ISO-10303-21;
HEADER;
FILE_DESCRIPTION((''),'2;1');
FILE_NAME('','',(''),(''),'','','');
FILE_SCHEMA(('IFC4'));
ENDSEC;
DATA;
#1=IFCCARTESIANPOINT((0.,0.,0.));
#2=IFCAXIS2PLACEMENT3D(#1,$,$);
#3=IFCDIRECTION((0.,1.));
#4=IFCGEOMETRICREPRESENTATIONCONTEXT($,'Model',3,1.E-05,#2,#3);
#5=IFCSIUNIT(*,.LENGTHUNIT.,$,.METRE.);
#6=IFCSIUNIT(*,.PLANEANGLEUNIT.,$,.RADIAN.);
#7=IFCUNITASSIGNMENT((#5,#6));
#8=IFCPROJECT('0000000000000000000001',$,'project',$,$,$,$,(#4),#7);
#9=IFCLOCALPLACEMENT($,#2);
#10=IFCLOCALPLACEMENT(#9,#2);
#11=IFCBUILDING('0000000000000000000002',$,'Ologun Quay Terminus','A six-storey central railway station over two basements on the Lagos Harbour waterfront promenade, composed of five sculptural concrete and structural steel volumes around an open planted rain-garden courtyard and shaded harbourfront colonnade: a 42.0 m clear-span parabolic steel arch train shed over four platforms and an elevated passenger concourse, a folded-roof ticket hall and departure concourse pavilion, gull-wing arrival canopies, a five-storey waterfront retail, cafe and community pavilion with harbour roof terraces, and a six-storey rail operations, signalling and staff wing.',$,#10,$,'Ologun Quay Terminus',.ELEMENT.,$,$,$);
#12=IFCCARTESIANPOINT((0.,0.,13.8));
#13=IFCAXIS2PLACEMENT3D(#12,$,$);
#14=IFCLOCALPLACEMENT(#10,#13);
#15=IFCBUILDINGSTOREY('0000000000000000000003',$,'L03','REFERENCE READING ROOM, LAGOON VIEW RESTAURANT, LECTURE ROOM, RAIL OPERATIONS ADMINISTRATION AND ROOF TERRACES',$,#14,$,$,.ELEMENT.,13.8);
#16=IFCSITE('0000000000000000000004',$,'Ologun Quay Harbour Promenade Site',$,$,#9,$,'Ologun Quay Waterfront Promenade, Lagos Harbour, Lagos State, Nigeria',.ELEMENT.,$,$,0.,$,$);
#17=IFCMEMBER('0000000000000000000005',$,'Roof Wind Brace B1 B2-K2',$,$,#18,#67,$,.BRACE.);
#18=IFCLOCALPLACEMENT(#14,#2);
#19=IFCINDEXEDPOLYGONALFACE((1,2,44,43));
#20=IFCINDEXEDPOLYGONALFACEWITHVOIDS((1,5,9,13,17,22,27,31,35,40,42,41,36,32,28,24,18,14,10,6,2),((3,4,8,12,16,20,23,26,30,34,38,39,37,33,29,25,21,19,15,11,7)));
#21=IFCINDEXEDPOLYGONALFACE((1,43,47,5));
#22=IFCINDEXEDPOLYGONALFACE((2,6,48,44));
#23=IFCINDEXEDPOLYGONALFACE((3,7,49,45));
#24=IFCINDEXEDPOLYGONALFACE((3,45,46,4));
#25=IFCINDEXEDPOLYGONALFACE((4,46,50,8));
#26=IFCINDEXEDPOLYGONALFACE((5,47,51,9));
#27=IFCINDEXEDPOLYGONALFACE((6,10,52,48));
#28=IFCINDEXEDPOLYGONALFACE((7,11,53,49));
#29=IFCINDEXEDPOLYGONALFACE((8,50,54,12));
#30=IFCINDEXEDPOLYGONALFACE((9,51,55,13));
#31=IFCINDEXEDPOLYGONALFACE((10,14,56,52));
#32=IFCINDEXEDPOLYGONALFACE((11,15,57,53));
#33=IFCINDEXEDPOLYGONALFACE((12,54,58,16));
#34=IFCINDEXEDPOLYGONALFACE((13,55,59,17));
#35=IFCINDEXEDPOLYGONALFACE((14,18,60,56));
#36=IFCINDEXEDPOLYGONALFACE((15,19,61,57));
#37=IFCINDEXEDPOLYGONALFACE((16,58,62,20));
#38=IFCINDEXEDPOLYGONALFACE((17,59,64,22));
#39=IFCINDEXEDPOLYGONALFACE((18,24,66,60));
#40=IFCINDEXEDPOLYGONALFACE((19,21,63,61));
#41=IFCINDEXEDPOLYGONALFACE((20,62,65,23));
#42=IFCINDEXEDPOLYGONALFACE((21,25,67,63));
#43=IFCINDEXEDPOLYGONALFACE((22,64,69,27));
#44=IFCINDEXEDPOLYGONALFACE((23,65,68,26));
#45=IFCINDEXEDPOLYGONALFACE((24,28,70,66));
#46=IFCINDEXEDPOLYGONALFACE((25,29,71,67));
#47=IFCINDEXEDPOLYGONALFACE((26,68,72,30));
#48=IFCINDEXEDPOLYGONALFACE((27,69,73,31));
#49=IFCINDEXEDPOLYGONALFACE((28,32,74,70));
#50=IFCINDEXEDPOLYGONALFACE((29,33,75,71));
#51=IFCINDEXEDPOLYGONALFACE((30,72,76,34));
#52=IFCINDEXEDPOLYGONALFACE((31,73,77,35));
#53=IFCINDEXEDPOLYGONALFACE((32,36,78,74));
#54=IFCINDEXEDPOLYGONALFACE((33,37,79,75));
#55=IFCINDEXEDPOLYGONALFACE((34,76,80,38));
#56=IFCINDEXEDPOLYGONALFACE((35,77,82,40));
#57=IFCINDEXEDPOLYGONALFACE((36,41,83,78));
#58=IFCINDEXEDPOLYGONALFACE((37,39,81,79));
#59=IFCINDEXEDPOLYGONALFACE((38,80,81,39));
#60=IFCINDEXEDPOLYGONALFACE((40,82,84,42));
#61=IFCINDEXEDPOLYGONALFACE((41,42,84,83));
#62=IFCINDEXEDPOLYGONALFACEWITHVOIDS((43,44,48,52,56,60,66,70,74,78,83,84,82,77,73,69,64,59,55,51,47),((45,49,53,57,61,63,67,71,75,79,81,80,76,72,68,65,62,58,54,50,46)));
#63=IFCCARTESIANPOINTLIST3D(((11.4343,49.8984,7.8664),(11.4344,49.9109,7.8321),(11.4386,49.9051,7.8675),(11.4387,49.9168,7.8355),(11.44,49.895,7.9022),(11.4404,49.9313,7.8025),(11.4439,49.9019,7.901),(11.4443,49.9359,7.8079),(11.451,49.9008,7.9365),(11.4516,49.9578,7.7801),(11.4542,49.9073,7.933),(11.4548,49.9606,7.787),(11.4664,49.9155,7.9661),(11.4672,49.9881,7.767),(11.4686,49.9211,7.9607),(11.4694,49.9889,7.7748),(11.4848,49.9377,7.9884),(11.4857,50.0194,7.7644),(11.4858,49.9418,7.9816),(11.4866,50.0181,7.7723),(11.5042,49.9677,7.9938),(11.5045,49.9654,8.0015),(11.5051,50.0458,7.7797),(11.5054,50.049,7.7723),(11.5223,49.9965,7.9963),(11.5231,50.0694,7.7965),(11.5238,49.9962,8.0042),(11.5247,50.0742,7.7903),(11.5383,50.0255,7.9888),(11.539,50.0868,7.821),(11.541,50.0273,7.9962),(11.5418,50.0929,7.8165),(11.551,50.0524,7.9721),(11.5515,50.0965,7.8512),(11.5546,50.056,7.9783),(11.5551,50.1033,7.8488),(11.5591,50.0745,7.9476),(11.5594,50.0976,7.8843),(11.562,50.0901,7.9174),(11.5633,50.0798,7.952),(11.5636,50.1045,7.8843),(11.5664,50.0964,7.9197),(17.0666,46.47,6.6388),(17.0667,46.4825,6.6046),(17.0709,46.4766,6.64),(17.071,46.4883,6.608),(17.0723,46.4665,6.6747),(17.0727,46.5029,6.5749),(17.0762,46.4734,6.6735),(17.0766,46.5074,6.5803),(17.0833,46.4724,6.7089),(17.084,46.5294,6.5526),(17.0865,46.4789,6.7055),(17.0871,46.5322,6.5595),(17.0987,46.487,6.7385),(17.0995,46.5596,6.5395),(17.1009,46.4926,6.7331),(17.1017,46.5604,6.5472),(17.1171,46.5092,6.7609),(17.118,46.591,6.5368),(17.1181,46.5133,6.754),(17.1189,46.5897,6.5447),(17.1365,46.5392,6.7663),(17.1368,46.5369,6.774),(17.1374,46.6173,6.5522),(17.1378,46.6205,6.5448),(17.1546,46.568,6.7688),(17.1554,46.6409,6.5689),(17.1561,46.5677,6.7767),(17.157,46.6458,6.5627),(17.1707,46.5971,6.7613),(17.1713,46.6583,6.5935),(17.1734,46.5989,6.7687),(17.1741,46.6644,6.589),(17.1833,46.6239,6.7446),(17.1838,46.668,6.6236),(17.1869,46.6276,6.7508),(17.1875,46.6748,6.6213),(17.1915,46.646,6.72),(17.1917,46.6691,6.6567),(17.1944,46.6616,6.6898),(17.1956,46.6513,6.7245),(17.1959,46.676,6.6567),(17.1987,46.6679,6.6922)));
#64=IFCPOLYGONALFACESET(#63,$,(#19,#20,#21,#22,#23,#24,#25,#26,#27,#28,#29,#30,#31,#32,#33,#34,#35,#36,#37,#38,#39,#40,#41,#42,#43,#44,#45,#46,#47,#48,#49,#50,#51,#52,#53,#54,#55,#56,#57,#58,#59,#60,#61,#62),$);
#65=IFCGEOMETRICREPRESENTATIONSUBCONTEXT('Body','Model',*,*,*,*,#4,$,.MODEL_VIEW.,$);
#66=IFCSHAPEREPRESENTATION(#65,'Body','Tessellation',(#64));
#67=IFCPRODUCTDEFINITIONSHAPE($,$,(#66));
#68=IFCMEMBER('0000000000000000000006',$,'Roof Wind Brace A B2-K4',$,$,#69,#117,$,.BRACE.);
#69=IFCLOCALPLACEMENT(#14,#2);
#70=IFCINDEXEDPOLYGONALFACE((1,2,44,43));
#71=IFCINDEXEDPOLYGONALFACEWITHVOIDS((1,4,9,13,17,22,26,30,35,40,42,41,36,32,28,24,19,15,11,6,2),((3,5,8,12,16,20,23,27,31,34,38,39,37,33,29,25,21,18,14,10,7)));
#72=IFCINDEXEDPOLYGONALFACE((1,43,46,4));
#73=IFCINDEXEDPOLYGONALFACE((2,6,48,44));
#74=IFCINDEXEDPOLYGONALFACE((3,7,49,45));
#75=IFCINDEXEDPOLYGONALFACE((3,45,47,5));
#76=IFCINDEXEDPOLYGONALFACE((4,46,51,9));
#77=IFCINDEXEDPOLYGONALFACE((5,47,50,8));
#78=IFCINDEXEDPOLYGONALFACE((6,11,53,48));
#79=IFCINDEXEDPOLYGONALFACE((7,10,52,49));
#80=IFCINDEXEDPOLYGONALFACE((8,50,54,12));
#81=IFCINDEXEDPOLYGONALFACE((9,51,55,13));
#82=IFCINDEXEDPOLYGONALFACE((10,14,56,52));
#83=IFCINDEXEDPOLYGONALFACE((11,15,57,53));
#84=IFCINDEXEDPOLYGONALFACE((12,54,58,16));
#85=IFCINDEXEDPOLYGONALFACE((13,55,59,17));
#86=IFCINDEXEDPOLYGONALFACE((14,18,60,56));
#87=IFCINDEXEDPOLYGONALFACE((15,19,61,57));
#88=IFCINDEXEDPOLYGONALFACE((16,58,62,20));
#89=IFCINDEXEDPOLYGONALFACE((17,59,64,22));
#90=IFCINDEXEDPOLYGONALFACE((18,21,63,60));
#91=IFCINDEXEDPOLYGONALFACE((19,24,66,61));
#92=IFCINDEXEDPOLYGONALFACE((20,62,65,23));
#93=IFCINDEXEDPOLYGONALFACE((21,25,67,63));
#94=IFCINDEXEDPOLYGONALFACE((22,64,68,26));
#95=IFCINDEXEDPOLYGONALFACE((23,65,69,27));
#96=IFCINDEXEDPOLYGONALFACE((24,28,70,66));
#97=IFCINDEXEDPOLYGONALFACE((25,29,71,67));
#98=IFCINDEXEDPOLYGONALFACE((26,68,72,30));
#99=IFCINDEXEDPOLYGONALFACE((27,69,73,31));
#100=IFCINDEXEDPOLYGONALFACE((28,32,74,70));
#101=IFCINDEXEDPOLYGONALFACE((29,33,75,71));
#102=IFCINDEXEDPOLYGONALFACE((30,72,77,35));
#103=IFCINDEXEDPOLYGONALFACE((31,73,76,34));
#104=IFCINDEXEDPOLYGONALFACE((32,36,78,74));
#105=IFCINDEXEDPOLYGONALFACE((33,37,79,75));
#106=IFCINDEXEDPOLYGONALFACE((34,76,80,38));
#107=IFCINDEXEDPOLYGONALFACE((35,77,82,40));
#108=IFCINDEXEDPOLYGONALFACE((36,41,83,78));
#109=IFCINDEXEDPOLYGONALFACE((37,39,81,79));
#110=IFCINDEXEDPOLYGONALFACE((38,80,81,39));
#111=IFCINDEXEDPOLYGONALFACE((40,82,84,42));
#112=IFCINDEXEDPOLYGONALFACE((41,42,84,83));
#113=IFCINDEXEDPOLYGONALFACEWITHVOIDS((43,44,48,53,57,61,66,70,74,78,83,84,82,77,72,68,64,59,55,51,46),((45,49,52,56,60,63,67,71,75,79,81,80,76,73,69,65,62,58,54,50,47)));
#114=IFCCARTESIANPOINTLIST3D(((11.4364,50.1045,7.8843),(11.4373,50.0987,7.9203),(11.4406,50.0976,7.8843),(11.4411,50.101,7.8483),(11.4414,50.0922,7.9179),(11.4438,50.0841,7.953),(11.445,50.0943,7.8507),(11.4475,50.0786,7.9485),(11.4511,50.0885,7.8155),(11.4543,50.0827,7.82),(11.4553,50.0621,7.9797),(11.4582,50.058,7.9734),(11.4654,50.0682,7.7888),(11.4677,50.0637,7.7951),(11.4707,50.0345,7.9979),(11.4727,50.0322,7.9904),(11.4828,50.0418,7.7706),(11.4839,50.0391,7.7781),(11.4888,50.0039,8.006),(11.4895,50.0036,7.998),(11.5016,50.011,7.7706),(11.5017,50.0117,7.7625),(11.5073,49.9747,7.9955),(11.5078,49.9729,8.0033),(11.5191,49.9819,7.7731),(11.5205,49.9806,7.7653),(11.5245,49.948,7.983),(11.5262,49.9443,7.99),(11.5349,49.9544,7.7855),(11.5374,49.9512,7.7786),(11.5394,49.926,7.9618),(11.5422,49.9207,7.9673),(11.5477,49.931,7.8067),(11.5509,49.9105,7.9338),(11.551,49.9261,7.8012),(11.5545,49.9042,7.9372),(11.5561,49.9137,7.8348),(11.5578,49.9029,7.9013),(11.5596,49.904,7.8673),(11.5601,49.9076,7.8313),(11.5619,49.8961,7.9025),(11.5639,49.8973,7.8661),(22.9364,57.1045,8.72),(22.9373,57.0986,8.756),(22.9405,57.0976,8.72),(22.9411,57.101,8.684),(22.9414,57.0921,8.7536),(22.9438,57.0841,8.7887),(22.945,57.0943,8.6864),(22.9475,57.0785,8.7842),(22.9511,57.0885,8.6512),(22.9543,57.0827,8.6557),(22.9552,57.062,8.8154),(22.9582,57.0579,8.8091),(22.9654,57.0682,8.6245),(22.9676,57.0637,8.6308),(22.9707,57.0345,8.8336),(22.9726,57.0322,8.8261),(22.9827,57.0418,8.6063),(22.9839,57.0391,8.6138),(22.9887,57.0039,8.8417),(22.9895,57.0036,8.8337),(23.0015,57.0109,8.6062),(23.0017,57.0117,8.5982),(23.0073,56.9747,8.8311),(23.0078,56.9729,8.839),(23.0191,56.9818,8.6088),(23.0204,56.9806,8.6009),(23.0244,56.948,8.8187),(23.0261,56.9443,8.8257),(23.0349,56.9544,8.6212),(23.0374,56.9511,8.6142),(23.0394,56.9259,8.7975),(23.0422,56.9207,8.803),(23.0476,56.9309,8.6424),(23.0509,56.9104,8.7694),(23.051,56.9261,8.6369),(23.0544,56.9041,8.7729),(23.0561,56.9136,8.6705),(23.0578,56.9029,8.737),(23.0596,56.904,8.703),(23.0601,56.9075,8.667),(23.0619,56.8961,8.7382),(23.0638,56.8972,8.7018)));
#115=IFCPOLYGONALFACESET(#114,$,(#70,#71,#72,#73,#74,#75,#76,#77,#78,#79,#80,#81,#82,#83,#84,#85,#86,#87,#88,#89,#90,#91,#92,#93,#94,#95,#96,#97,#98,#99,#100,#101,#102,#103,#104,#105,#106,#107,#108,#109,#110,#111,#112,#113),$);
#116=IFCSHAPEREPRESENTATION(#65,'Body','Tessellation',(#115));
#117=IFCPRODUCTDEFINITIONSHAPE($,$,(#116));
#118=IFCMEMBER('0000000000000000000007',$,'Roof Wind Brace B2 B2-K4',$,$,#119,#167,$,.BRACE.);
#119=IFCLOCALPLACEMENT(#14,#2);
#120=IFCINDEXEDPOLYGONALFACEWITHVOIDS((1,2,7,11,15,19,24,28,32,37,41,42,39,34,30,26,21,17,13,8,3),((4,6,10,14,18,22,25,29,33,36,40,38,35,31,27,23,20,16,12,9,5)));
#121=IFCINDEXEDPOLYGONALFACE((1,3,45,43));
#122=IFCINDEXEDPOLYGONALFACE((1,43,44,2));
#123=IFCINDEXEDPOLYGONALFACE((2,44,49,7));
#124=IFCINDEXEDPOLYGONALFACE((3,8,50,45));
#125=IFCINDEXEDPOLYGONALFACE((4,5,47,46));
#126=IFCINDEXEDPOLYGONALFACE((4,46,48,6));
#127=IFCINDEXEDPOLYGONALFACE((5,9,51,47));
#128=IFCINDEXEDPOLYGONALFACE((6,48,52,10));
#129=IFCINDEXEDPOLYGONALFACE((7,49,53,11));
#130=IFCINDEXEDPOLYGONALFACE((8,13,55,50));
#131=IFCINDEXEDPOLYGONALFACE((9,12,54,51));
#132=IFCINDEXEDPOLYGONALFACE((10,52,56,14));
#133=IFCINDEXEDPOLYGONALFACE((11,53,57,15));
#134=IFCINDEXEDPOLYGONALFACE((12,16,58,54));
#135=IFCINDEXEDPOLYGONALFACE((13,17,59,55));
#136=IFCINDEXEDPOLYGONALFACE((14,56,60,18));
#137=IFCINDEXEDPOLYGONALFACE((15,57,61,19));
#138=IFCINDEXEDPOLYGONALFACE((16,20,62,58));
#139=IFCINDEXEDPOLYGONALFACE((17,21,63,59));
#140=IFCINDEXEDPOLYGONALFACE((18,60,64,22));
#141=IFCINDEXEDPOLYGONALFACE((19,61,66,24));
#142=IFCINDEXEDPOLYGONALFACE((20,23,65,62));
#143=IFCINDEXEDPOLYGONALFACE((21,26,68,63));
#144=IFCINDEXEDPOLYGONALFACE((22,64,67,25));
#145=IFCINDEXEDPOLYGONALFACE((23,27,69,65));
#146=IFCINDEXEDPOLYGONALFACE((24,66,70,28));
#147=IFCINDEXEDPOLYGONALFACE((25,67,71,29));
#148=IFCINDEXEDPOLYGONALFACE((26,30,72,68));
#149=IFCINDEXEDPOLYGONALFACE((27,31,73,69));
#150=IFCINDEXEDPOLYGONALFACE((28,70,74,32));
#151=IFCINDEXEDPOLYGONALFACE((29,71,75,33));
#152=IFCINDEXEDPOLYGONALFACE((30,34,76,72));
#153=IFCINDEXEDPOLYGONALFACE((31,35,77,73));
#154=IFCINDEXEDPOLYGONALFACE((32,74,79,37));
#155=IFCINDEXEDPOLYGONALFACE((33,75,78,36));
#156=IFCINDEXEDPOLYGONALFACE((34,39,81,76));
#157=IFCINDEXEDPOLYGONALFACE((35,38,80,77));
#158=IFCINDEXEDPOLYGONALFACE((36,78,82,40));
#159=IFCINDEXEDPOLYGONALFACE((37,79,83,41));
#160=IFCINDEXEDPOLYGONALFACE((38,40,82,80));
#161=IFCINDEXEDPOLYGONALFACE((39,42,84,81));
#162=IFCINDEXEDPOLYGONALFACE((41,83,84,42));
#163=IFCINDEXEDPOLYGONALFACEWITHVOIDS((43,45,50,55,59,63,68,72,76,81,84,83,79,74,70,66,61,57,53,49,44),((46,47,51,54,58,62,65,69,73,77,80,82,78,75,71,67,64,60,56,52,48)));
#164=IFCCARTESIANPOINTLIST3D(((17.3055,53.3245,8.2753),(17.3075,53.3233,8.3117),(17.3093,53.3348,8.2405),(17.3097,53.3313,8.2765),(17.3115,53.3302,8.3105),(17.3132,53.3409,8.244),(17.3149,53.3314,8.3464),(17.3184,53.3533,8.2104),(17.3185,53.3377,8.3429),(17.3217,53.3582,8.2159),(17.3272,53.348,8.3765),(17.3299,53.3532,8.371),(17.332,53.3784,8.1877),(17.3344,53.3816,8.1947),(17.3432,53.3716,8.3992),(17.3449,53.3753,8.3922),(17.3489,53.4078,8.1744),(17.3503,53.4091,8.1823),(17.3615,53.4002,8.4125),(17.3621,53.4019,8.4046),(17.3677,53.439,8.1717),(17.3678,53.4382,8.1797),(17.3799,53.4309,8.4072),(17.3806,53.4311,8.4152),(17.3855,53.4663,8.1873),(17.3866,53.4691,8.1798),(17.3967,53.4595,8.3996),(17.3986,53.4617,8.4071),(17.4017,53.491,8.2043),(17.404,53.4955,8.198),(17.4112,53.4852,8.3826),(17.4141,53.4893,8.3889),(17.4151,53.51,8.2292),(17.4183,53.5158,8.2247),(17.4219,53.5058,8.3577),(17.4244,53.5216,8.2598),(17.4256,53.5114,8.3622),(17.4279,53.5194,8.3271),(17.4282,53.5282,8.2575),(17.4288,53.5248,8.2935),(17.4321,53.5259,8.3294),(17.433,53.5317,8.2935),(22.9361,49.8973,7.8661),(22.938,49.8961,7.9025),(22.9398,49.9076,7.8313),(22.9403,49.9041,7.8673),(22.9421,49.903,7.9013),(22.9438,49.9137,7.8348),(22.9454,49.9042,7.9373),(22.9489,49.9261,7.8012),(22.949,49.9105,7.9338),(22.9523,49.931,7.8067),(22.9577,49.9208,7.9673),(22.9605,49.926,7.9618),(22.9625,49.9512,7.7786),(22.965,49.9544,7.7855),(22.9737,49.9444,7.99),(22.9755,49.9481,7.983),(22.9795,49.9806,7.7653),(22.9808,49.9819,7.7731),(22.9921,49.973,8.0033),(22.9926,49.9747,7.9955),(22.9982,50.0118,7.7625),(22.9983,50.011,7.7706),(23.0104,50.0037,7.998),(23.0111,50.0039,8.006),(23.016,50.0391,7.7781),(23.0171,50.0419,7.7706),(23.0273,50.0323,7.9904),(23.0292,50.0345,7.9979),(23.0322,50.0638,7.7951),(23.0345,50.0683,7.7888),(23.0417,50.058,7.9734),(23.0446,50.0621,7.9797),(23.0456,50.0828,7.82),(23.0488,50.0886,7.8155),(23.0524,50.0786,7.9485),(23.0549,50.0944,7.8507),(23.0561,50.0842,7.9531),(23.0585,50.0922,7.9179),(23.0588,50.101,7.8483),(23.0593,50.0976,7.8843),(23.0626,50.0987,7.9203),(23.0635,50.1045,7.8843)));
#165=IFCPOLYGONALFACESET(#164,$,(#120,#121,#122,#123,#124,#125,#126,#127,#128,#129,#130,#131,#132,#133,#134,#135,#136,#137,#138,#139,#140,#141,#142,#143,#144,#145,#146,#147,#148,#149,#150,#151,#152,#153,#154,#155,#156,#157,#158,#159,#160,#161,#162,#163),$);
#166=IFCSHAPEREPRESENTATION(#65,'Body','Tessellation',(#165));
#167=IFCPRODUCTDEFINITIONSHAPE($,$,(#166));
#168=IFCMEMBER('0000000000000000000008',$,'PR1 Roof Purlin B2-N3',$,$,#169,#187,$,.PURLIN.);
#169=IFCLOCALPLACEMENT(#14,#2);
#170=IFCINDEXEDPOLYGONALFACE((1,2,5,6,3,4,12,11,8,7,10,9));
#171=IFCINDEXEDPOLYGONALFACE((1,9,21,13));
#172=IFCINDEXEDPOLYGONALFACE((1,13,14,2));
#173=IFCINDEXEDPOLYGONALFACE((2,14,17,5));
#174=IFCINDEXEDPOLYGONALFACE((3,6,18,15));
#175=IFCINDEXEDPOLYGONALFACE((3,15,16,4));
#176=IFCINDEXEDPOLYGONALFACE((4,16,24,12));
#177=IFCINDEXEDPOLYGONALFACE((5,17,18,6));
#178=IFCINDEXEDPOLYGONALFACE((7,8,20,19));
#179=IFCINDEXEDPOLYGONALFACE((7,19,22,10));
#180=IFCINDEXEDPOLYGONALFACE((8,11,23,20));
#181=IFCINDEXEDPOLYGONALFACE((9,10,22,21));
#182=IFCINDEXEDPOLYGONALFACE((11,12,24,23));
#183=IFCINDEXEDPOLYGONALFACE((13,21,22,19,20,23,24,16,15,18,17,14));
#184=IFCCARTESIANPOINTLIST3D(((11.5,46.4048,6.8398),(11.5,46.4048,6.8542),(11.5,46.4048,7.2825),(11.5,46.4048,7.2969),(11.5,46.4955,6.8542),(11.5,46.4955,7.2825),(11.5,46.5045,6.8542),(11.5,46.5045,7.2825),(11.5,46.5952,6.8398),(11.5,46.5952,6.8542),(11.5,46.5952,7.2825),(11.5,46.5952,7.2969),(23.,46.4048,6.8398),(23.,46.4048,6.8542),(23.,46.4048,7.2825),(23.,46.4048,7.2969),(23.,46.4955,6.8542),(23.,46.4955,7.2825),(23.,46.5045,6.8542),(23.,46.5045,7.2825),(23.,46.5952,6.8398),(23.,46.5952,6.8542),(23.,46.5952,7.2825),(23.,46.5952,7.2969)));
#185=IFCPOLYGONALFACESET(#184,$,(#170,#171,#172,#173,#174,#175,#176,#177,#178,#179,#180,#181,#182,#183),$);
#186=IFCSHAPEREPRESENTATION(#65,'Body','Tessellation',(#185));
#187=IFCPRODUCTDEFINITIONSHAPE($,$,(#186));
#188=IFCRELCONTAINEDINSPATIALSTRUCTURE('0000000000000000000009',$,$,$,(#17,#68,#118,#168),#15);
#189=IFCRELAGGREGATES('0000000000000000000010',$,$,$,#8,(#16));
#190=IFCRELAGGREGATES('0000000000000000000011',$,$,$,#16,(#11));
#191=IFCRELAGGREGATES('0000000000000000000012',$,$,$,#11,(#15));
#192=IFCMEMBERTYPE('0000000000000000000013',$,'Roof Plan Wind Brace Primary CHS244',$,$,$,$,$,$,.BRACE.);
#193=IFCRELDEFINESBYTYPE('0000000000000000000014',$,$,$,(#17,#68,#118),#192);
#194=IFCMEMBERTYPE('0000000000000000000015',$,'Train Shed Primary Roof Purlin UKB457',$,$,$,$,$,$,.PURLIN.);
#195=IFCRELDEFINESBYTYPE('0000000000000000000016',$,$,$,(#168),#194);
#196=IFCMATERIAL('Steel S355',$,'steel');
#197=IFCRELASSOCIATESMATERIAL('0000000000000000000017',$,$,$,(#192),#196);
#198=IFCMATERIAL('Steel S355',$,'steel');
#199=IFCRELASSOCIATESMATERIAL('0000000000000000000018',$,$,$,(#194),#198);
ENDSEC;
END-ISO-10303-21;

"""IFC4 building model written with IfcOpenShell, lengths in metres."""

from ifc_helpers import new_model, si_unit, direction, frame, origin, origin_2d, place, context, subcontext, project, spatial, hollow_circle, i_section, extrude, material, material_profile, profile_set, type_object, element, save


model = new_model("IFC4")

# Units and contexts
model_context = context("Model", 3, precision=1e-05, world=origin(), true_north=direction((0.0, 1.0)))
body_context = subcontext(model_context, "Body", "Model", "MODEL_VIEW")
ifc_project = project(units=[si_unit("LENGTHUNIT", "METRE"), si_unit("PLANEANGLEUNIT", "RADIAN")], contexts=[model_context])

# Site, building, storey
site_placement = place(None, origin())
site = spatial("IfcSite", under=ifc_project, at=site_placement, Name="Ologun Quay Harbour Promenade Site", LongName="Ologun Quay Waterfront Promenade, Lagos Harbour, Lagos State, Nigeria", CompositionType="ELEMENT", RefElevation=0.0)
building_placement = place(site_placement, origin())
building = spatial("IfcBuilding", under=site, at=building_placement, Name="Ologun Quay Terminus", Description="A six-storey central railway station over two basements on the Lagos Harbour waterfront promenade, composed of five sculptural concrete and structural steel volumes around an open planted rain-garden courtyard and shaded harbourfront colonnade: a 42.0 m clear-span parabolic steel arch train shed over four platforms and an elevated passenger concourse, a folded-roof ticket hall and departure concourse pavilion, gull-wing arrival canopies, a five-storey waterfront retail, cafe and community pavilion with harbour roof terraces, and a six-storey rail operations, signalling and staff wing.", LongName="Ologun Quay Terminus", CompositionType="ELEMENT")
storey_placement = place(building_placement, frame((0.0, 0.0, 13.8)))
storey = spatial("IfcBuildingStorey", under=building, at=storey_placement, Name="L03", Description="REFERENCE READING ROOM, LAGOON VIEW RESTAURANT, LECTURE ROOM, RAIL OPERATIONS ADMINISTRATION AND ROOF TERRACES", CompositionType="ELEMENT", Elevation=13.8)

# Members
ifc_material_1 = material(Name="Steel S355", Category="steel")
ifc_material_profile_1 = material_profile(ifc_material_1, hollow_circle(Radius=0.1223, WallThickness=0.0081, at=origin_2d()), Name="CHS 244.5x8")
ifc_profile_set_1 = profile_set([ifc_material_profile_1], Name="Steel S355")
member_type_1 = type_object("IfcMemberType", Name="Roof Plan Wind Brace Primary CHS244", PredefinedType="BRACE", material=ifc_profile_set_1)
member_1_placement = place(storey_placement, frame((11.5, 50.0, 7.8843), z_axis=(0.839764, -0.511175, -0.183023), x_axis=(0.519958, 0.854192, 0.0)))
element("IfcMember", 1, at=member_1_placement, inside=storey, type_object=member_type_1, Name="Roof Wind Brace B1 B2-K2", PredefinedType="BRACE", context=body_context, shape_type="SweptSolid", body=[
    extrude(hollow_circle(Radius=0.1223, WallThickness=0.0081, at=origin_2d()), origin(), (0.0, 0.0, 1.0), 6.707),
])
member_2_placement = place(storey_placement, frame((11.5, 50.0, 7.8843), z_axis=(0.852558, 0.518948, 0.061954), x_axis=(-0.519947, 0.854199, 0.0)))
element("IfcMember", 2, at=member_2_placement, inside=storey, type_object=member_type_1, Name="Roof Wind Brace A B2-K4", PredefinedType="BRACE", context=body_context, shape_type="SweptSolid", body=[
    extrude(hollow_circle(Radius=0.1223, WallThickness=0.0081, at=origin_2d()), origin(), (0.0, 0.0, 1.0), 13.4888),
])
member_3_placement = place(storey_placement, frame((17.3694, 53.4272, 8.2935), z_axis=(0.852563, -0.518939, -0.061956), x_axis=(0.519938, 0.854204, 0.0)))
element("IfcMember", 3, at=member_3_placement, inside=storey, type_object=member_type_1, Name="Roof Wind Brace B2 B2-K4", PredefinedType="BRACE", context=body_context, shape_type="SweptSolid", body=[
    extrude(hollow_circle(Radius=0.1223, WallThickness=0.0081, at=origin_2d()), origin(), (0.0, 0.0, 1.0), 6.6042),
])
ifc_material_2 = material(Name="Steel S355", Category="steel")
ifc_material_profile_2 = material_profile(ifc_material_2, i_section(OverallWidth=0.1904, OverallDepth=0.457, WebThickness=0.009, FlangeThickness=0.0144, at=origin_2d()), Name="UKB 457x191x74")
ifc_profile_set_2 = profile_set([ifc_material_profile_2], Name="Steel S355")
member_type_2 = type_object("IfcMemberType", Name="Train Shed Primary Roof Purlin UKB457", PredefinedType="PURLIN", material=ifc_profile_set_2)
for number, where, z_axis, x_axis, name in (
    (4, (11.5, 46.5, 7.0684), (1.0, 0.0, 0.0), (0.0, 1.0, 0.0), "PR1 Roof Purlin B2-N3"),
):
    element("IfcMember", number, at=place(storey_placement, frame(where, z_axis=z_axis, x_axis=x_axis)), inside=storey, type_object=member_type_2, Name=name, PredefinedType="PURLIN", context=body_context, shape_type="SweptSolid", body=[
        extrude(i_section(OverallWidth=0.1904, OverallDepth=0.457, WebThickness=0.009, FlangeThickness=0.0144, at=origin_2d()), origin(), (0.0, 0.0, 1.0), 11.5),
    ])

save(model, "model.ifc")
